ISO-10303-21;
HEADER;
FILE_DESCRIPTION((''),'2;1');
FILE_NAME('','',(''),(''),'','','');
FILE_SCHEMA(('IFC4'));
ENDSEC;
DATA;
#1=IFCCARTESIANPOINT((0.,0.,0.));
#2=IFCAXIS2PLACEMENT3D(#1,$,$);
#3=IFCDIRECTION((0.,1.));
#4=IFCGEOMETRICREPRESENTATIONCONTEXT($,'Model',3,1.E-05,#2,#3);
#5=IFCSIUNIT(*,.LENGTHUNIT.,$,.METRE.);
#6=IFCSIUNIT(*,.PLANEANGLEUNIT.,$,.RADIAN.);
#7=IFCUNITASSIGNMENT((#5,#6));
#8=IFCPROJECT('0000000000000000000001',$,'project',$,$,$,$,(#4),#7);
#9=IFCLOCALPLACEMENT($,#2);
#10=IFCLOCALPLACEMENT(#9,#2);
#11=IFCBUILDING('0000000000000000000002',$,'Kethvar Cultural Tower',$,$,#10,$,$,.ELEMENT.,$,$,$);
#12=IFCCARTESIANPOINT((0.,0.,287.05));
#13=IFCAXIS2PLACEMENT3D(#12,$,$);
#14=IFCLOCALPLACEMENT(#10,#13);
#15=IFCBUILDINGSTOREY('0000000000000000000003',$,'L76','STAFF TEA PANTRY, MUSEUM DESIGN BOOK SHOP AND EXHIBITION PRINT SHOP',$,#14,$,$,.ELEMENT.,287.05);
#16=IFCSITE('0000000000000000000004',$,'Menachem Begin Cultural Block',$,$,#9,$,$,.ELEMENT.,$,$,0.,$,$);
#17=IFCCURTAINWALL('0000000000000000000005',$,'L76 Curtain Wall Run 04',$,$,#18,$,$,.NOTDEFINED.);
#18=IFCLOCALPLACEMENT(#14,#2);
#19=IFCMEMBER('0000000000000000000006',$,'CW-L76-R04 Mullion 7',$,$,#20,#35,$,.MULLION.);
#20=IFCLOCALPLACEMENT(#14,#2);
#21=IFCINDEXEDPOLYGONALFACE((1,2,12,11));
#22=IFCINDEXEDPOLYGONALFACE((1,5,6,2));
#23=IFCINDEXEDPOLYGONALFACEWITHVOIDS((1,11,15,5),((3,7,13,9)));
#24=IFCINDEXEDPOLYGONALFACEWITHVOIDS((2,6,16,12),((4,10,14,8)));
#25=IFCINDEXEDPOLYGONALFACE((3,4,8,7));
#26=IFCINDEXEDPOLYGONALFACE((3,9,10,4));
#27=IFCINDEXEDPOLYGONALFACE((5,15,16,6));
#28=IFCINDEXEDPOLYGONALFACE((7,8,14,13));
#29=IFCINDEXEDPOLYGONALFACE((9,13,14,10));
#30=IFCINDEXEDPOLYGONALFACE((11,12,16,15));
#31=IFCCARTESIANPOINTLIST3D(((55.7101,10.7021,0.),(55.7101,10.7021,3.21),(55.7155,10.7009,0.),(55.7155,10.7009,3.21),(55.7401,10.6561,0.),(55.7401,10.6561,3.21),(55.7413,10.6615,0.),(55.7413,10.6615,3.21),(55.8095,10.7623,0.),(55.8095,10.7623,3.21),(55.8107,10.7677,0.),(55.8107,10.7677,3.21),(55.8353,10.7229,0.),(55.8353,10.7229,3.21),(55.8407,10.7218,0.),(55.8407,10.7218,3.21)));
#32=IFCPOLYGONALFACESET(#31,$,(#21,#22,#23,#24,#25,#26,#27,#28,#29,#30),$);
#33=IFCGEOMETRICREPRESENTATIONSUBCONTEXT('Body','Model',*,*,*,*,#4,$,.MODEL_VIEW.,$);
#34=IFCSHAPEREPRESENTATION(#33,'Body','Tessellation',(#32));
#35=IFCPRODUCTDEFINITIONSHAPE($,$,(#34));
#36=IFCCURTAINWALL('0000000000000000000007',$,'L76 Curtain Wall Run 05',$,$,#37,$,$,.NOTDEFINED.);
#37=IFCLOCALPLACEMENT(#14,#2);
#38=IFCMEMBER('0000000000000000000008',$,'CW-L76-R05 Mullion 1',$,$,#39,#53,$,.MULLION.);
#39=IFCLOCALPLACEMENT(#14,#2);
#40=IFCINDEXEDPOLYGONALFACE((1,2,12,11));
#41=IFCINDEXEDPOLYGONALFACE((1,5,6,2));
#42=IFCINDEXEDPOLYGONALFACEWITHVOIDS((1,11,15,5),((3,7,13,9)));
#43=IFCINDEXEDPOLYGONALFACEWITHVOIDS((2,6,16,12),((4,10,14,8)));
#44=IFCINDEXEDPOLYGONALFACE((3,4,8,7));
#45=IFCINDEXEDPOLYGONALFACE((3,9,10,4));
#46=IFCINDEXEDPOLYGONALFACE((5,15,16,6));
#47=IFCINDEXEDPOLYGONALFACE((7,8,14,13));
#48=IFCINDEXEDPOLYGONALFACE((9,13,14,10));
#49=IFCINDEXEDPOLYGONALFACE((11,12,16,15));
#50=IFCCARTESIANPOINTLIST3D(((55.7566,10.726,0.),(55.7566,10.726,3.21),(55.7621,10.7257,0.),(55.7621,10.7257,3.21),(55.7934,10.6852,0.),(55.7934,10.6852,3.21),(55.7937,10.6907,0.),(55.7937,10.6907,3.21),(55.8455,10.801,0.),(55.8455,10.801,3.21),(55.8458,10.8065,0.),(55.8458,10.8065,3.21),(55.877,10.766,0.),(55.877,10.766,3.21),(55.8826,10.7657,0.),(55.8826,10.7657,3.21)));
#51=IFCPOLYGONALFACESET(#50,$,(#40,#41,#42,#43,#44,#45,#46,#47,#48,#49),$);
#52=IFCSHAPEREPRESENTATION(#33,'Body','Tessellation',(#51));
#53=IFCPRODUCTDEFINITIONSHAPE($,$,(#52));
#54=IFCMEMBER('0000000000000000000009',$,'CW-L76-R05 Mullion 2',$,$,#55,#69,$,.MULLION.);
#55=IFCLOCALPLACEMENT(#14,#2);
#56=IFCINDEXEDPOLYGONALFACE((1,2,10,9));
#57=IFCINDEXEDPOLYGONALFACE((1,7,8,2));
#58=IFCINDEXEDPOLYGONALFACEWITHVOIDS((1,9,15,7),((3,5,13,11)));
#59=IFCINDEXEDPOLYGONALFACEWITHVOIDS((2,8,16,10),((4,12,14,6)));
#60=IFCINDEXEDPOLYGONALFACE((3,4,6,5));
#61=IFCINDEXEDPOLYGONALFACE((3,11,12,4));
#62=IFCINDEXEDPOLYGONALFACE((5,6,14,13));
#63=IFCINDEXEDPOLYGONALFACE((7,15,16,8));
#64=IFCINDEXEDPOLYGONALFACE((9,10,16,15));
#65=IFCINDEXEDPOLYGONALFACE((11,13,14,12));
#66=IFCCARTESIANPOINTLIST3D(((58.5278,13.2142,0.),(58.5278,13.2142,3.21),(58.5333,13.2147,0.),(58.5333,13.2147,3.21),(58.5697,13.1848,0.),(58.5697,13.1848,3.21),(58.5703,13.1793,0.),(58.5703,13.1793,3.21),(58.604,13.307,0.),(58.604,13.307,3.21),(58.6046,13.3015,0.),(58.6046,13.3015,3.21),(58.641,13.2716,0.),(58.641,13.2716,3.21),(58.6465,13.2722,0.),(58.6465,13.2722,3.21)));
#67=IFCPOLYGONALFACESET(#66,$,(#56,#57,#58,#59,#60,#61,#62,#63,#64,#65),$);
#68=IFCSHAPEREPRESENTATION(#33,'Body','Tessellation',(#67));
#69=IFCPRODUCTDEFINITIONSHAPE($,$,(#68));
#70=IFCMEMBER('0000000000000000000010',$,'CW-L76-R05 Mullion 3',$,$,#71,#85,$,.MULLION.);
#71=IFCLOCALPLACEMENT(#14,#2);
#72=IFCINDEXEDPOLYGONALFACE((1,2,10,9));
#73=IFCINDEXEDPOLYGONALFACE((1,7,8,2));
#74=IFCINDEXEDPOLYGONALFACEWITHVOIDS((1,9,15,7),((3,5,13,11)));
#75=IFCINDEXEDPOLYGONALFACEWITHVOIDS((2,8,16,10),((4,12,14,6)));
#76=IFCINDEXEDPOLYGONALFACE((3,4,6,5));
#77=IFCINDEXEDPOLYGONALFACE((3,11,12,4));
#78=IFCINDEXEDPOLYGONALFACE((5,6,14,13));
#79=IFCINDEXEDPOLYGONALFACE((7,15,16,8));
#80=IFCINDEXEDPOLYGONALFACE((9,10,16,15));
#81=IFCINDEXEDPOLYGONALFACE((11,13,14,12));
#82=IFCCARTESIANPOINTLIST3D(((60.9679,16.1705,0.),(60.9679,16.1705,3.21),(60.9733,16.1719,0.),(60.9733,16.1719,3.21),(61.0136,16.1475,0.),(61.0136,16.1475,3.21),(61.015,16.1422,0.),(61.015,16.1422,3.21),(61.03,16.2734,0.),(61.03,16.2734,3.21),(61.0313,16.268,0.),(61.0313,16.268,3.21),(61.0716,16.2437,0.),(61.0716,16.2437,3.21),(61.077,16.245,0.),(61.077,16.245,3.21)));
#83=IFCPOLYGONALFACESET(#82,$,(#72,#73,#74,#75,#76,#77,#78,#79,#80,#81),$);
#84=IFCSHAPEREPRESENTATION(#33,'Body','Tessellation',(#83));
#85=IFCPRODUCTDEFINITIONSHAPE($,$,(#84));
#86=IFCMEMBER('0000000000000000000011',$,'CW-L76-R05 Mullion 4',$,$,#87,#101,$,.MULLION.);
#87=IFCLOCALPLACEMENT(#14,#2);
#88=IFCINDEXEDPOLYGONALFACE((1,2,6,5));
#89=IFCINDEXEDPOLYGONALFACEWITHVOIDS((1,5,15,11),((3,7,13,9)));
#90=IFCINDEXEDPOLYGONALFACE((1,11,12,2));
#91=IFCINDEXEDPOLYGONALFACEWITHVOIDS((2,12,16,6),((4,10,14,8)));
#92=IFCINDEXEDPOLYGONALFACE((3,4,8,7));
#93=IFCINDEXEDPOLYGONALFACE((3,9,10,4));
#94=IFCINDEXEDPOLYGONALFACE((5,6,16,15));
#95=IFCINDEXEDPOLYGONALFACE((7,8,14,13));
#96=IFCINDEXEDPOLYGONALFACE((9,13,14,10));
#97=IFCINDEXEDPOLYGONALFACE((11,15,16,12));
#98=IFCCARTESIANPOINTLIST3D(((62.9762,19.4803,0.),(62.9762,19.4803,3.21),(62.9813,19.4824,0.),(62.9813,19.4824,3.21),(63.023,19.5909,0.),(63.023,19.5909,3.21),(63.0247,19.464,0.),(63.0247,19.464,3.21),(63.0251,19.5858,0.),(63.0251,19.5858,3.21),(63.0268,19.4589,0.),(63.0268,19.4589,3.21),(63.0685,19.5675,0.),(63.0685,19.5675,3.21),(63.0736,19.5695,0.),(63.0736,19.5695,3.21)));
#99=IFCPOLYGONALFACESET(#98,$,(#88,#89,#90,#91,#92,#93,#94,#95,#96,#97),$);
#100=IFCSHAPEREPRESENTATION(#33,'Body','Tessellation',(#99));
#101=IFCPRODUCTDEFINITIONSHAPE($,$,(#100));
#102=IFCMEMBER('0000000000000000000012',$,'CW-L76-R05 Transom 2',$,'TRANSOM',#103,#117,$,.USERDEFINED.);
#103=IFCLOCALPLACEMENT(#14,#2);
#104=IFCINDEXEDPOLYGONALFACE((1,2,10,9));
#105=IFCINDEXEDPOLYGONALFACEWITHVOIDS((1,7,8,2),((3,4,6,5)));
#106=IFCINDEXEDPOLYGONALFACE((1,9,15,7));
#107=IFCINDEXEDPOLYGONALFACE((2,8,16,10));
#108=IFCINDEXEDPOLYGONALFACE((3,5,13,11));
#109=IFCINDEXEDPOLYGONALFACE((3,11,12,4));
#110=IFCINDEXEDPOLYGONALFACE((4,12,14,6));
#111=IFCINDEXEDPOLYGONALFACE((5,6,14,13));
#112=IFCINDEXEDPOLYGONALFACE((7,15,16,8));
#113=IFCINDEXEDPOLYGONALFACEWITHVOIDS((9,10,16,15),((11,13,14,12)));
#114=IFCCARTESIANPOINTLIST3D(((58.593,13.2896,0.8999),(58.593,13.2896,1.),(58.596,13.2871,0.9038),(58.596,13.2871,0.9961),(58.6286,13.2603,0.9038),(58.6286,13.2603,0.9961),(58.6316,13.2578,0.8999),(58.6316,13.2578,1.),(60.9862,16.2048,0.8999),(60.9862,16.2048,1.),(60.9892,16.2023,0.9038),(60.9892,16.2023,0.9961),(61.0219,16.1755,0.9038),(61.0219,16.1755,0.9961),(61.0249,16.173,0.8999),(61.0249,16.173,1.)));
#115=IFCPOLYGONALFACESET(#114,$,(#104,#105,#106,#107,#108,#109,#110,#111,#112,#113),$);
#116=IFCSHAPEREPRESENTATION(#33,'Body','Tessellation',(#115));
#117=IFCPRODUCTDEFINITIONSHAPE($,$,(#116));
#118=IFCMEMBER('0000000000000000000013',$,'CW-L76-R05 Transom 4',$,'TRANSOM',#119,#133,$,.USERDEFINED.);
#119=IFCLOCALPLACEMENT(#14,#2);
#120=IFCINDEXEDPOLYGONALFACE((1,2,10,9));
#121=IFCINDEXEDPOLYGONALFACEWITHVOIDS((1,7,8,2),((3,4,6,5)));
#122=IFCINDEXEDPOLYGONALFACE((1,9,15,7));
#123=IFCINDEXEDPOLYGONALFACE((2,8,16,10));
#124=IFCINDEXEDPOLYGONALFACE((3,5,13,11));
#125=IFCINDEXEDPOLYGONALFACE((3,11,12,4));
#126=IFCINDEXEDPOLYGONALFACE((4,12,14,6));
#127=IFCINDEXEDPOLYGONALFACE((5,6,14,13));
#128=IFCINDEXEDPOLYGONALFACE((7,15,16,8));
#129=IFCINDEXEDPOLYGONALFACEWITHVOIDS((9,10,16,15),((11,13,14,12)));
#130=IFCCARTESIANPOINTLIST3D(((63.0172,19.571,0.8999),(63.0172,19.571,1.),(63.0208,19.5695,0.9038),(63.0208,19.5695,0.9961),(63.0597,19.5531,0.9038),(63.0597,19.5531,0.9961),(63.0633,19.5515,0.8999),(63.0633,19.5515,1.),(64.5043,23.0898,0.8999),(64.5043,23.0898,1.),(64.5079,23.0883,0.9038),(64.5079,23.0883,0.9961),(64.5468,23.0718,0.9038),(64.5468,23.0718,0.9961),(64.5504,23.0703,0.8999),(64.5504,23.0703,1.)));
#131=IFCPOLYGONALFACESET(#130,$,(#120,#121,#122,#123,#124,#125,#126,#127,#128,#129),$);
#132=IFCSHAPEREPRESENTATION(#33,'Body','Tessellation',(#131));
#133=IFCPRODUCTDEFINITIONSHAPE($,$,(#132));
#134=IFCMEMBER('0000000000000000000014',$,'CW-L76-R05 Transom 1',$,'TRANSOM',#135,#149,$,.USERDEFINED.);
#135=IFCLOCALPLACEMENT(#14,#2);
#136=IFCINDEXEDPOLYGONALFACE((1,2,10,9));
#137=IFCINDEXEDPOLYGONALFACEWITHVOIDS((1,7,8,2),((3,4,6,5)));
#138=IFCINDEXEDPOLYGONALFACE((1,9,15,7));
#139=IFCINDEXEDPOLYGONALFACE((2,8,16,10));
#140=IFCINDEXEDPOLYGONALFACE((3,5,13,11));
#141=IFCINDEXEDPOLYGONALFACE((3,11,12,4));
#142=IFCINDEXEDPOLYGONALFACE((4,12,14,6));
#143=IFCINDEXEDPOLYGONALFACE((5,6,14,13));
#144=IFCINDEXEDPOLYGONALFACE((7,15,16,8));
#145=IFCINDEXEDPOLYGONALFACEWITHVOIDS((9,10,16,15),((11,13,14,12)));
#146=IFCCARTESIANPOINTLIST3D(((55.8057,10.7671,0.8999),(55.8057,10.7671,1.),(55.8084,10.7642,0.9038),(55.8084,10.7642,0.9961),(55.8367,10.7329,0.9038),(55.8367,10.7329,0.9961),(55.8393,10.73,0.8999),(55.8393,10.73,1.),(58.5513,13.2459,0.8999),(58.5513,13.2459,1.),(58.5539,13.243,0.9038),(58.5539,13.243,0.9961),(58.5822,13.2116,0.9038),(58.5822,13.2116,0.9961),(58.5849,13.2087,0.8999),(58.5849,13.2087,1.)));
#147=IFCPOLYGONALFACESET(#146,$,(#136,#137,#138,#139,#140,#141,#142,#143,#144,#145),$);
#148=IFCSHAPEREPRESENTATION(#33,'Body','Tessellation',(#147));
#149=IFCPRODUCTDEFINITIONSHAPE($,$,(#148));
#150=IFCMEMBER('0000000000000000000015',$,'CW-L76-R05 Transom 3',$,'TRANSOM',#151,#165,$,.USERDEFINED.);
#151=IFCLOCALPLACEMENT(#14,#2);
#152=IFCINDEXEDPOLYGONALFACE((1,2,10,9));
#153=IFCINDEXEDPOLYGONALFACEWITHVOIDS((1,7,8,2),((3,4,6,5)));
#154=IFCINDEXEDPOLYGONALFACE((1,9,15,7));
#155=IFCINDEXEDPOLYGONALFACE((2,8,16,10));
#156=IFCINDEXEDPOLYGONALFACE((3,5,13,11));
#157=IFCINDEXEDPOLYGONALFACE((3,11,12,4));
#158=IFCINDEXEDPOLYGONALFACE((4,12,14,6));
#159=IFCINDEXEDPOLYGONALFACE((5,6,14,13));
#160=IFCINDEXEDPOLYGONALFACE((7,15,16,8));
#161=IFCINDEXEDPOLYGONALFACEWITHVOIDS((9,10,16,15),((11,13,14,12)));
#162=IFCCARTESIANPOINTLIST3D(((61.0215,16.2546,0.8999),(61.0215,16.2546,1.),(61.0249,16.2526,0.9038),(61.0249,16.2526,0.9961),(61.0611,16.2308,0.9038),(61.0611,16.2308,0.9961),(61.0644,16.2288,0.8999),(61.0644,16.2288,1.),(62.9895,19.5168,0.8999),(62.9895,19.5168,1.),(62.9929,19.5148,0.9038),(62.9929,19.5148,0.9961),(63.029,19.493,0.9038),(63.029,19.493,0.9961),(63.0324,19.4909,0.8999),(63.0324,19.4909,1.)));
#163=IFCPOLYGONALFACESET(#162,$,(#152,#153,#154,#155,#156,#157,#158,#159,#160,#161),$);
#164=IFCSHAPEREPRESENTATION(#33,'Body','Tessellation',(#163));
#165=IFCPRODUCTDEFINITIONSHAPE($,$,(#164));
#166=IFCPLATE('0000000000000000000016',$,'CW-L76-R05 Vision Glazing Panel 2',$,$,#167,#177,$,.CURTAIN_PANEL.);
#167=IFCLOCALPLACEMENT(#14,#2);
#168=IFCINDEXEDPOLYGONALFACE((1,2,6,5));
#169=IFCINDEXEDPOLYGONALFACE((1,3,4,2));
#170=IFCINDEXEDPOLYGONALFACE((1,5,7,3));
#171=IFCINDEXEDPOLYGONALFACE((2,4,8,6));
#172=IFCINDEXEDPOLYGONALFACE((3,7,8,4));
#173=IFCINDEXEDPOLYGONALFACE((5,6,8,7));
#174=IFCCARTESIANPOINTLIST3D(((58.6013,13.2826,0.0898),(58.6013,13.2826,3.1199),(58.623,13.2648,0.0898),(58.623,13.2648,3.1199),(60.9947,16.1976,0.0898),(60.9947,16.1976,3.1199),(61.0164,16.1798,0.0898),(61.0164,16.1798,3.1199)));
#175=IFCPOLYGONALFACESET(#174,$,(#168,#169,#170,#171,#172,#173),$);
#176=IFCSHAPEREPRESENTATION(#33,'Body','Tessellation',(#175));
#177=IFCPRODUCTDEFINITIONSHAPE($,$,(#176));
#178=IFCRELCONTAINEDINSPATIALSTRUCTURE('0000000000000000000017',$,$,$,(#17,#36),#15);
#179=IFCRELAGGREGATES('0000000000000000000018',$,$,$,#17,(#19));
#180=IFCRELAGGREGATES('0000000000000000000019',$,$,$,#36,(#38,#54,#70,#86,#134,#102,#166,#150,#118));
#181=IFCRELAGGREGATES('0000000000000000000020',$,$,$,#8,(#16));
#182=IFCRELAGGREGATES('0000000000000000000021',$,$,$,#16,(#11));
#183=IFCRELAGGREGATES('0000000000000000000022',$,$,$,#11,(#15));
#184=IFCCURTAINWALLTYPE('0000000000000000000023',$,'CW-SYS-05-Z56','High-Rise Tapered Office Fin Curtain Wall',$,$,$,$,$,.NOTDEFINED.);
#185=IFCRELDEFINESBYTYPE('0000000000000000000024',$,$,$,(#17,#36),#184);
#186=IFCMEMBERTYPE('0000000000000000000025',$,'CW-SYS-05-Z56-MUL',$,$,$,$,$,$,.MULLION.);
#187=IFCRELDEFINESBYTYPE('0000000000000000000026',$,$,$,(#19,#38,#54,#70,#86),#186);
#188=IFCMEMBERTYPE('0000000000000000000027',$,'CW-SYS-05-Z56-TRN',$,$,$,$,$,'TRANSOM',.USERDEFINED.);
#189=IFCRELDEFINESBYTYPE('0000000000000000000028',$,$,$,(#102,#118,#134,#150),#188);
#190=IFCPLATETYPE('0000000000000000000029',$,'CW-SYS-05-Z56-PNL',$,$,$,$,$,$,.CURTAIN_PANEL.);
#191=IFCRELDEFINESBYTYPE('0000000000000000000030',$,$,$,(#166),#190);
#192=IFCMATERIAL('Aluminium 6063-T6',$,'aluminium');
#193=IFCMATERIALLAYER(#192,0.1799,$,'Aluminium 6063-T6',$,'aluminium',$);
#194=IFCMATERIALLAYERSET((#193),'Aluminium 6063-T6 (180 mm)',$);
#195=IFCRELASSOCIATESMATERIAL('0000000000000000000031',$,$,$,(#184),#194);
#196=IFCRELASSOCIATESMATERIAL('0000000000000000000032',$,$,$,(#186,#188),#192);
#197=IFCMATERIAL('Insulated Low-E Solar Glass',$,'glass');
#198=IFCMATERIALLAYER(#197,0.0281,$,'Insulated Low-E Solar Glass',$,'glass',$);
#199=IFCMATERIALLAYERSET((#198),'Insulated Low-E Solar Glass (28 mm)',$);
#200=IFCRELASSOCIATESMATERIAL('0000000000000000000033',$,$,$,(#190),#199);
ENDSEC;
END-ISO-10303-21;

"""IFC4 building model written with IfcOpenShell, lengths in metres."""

from ifc_helpers import new_model, si_unit, direction, frame, origin, origin_2d, place, context, subcontext, project, spatial, rectangle, hollow_rectangle, extrude, source, transform, mapped, material, layer, layer_set, material_profile, profile_set, type_object, element, aggregate, save


model = new_model("IFC4")

# Units and contexts
model_context = context("Model", 3, precision=1e-05, world=origin(), true_north=direction((0.0, 1.0)))
body_context = subcontext(model_context, "Body", "Model", "MODEL_VIEW")
ifc_project = project(units=[si_unit("LENGTHUNIT", "METRE"), si_unit("PLANEANGLEUNIT", "RADIAN")], contexts=[model_context])

# Site, building, storey
site_placement = place(None, origin())
site = spatial("IfcSite", under=ifc_project, at=site_placement, Name="Menachem Begin Cultural Block", CompositionType="ELEMENT", RefElevation=0.0)
building_placement = place(site_placement, origin())
building = spatial("IfcBuilding", under=site, at=building_placement, Name="Kethvar Cultural Tower", CompositionType="ELEMENT")
storey_placement = place(building_placement, frame((0.0, 0.0, 287.05)))
storey = spatial("IfcBuildingStorey", under=building, at=storey_placement, Name="L76", Description="STAFF TEA PANTRY, MUSEUM DESIGN BOOK SHOP AND EXHIBITION PRINT SHOP", CompositionType="ELEMENT", Elevation=287.05)

# Curtain wall, member
ifc_material_1 = material(Name="Aluminium 6063-T6", Category="aluminium")
ifc_layer_1 = layer(ifc_material_1, 0.1799, Name="Aluminium 6063-T6", Category="aluminium")
ifc_layer_set_1 = layer_set([ifc_layer_1], Name="Aluminium 6063-T6 (180 mm)")
curtain_wall_type = type_object("IfcCurtainWallType", Name="CW-SYS-05-Z56", Description="High-Rise Tapered Office Fin Curtain Wall", PredefinedType="NOTDEFINED", material=ifc_layer_set_1)
curtain_wall_1_placement = place(storey_placement, origin())
curtain_wall_1 = element("IfcCurtainWall", 1, at=curtain_wall_1_placement, inside=storey, type_object=curtain_wall_type, Name="L76 Curtain Wall Run 04", PredefinedType="NOTDEFINED")
ifc_material_profile_1 = material_profile(ifc_material_1, hollow_rectangle(XDim=0.0549, YDim=0.1201, WallThickness=0.0039, at=origin_2d()), Name="Aluminium 6063-T6 — RHS120x55x4")
ifc_profile_set_1 = profile_set([ifc_material_profile_1], Name="Aluminium 6063-T6 — RHS120x55x4")
member_type_1 = type_object("IfcMemberType", Name="CW-SYS-05-Z56-MUL", PredefinedType="MULLION", material=ifc_profile_set_1)
shared_shape_1 = source(origin(), body_context, "Body", "SweptSolid", [
    extrude(hollow_rectangle(XDim=0.0549, YDim=0.1201, WallThickness=0.0039, at=origin_2d()), origin(), (0.0, 0.0, 1.0), 3.21),
])
member_1_placement = place(storey_placement, frame((55.7754, 10.7119, 0.0), z_axis=(0.0, 0.0, 1.0), x_axis=(-0.546731, 0.837309, 0.0)))
member_1 = element("IfcMember", 2, at=member_1_placement, type_object=member_type_1, Name="CW-L76-R04 Mullion 7", PredefinedType="MULLION", context=body_context, shape_type="MappedRepresentation", body=[
    mapped(shared_shape_1, transform((0.0, 0.0, 0.0), scale=1.0)),
])
aggregate(curtain_wall_1, [member_1])

# Curtain wall, members, plate
curtain_wall_2_placement = place(storey_placement, origin())
curtain_wall_2 = element("IfcCurtainWall", 3, at=curtain_wall_2_placement, inside=storey, type_object=curtain_wall_type, Name="L76 Curtain Wall Run 05", PredefinedType="NOTDEFINED")
member_2_placement = place(storey_placement, frame((55.8196, 10.7458, 0.0), z_axis=(0.0, 0.0, 1.0), x_axis=(-0.670155, 0.742222, 0.0)))
member_2 = element("IfcMember", 4, at=member_2_placement, type_object=member_type_1, Name="CW-L76-R05 Mullion 1", PredefinedType="MULLION", context=body_context, shape_type="MappedRepresentation", body=[
    mapped(shared_shape_1, transform((0.0, 0.0, 0.0), scale=1.0)),
])
member_3_placement = place(storey_placement, frame((58.5872, 13.2432, 0.0), z_axis=(0.0, 0.0, 1.0), x_axis=(-0.772866, 0.634569, 0.0)))
member_3 = element("IfcMember", 5, at=member_3_placement, type_object=member_type_1, Name="CW-L76-R05 Mullion 2", PredefinedType="MULLION", context=body_context, shape_type="MappedRepresentation", body=[
    mapped(shared_shape_1, transform((0.0, 0.0, 0.0), scale=1.0)),
])
member_4_placement = place(storey_placement, frame((61.0225, 16.2078, 0.0), z_axis=(0.0, 0.0, 1.0), x_axis=(-0.85624, 0.516578, 0.0)))
member_4 = element("IfcMember", 6, at=member_4_placement, type_object=member_type_1, Name="CW-L76-R05 Mullion 3", PredefinedType="MULLION", context=body_context, shape_type="MappedRepresentation", body=[
    mapped(shared_shape_1, transform((0.0, 0.0, 0.0), scale=1.0)),
])
member_5_placement = place(storey_placement, frame((63.0249, 19.5249, 0.0), z_axis=(0.0, 0.0, 1.0), x_axis=(-0.921124, 0.389269, 0.0)))
member_5 = element("IfcMember", 7, at=member_5_placement, type_object=member_type_1, Name="CW-L76-R05 Mullion 4", PredefinedType="MULLION", context=body_context, shape_type="MappedRepresentation", body=[
    mapped(shared_shape_1, transform((0.0, 0.0, 0.0), scale=1.0)),
])
ifc_material_profile_2 = material_profile(ifc_material_1, hollow_rectangle(XDim=0.05, YDim=0.1001, WallThickness=0.0039, at=origin_2d()), Name="Aluminium 6063-T6 — RHS100x50x4")
ifc_profile_set_2 = profile_set([ifc_material_profile_2], Name="Aluminium 6063-T6 — RHS100x50x4")
member_type_2 = type_object("IfcMemberType", Name="CW-SYS-05-Z56-TRN", ElementType="TRANSOM", PredefinedType="USERDEFINED", material=ifc_profile_set_2)
shared_shape_2 = source(origin(), body_context, "Body", "SweptSolid", [
    extrude(hollow_rectangle(XDim=0.05, YDim=0.1001, WallThickness=0.0039, at=origin_2d()), origin(), (0.0, 0.0, 1.0), 3.7717),
])
member_6_placement = place(storey_placement, frame((58.6123, 13.2737, 0.95), z_axis=(0.63452, 0.772907, 0.0), x_axis=(-0.772907, 0.63452, 0.0)))
member_6 = element("IfcMember", 8, at=member_6_placement, type_object=member_type_2, Name="CW-L76-R05 Transom 2", ObjectType="TRANSOM", PredefinedType="USERDEFINED", context=body_context, shape_type="MappedRepresentation", body=[
    mapped(shared_shape_2, transform((0.0, 0.0, 0.0), scale=1.0)),
])
shared_shape_3 = source(origin(), body_context, "Body", "SweptSolid", [
    extrude(hollow_rectangle(XDim=0.05, YDim=0.1001, WallThickness=0.0039, at=origin_2d()), origin(), (0.0, 0.0, 1.0), 3.8201),
])
member_7_placement = place(storey_placement, frame((63.0403, 19.5613, 0.95), z_axis=(0.389271, 0.921123, 0.0), x_axis=(-0.921123, 0.389271, 0.0)))
member_7 = element("IfcMember", 9, at=member_7_placement, type_object=member_type_2, Name="CW-L76-R05 Transom 4", ObjectType="TRANSOM", PredefinedType="USERDEFINED", context=body_context, shape_type="MappedRepresentation", body=[
    mapped(shared_shape_3, transform((0.0, 0.0, 0.0), scale=1.0)),
])
shared_shape_4 = source(origin(), body_context, "Body", "SweptSolid", [
    extrude(hollow_rectangle(XDim=0.05, YDim=0.1001, WallThickness=0.0039, at=origin_2d()), origin(), (0.0, 0.0, 1.0), 3.699),
])
member_8_placement = place(storey_placement, frame((55.8225, 10.7485, 0.95), z_axis=(0.742256, 0.670116, 0.0), x_axis=(-0.670116, 0.742256, 0.0)))
member_8 = element("IfcMember", 10, at=member_8_placement, type_object=member_type_2, Name="CW-L76-R05 Transom 1", ObjectType="TRANSOM", PredefinedType="USERDEFINED", context=body_context, shape_type="MappedRepresentation", body=[
    mapped(shared_shape_4, transform((0.0, 0.0, 0.0), scale=1.0)),
])
shared_shape_5 = source(origin(), body_context, "Body", "SweptSolid", [
    extrude(hollow_rectangle(XDim=0.05, YDim=0.1001, WallThickness=0.0039, at=origin_2d()), origin(), (0.0, 0.0, 1.0), 3.8098),
])
member_9_placement = place(storey_placement, frame((61.043, 16.2417, 0.95), z_axis=(0.516558, 0.856252, 0.0), x_axis=(-0.856252, 0.516558, 0.0)))
member_9 = element("IfcMember", 11, at=member_9_placement, type_object=member_type_2, Name="CW-L76-R05 Transom 3", ObjectType="TRANSOM", PredefinedType="USERDEFINED", context=body_context, shape_type="MappedRepresentation", body=[
    mapped(shared_shape_5, transform((0.0, 0.0, 0.0), scale=1.0)),
])
ifc_material_2 = material(Name="Insulated Low-E Solar Glass", Category="glass")
ifc_layer_2 = layer(ifc_material_2, 0.0281, Name="Insulated Low-E Solar Glass", Category="glass")
ifc_layer_set_2 = layer_set([ifc_layer_2], Name="Insulated Low-E Solar Glass (28 mm)")
plate_type = type_object("IfcPlateType", Name="CW-SYS-05-Z56-PNL", PredefinedType="CURTAIN_PANEL", material=ifc_layer_set_2)
shared_shape_6 = source(origin(), body_context, "Body", "SweptSolid", [
    extrude(rectangle(XDim=3.7717, YDim=0.0281, at=origin_2d()), origin(), (0.0, 0.0, 1.0), 3.03),
])
plate_1_placement = place(storey_placement, frame((59.8088, 14.7312, 0.0898), z_axis=(0.0, 0.0, 1.0), x_axis=(0.634569, 0.772866, 0.0)))
plate_1 = element("IfcPlate", 12, at=plate_1_placement, type_object=plate_type, Name="CW-L76-R05 Vision Glazing Panel 2", PredefinedType="CURTAIN_PANEL", context=body_context, shape_type="MappedRepresentation", body=[
    mapped(shared_shape_6, transform((0.0, 0.0, 0.0), scale=1.0)),
])
aggregate(curtain_wall_2, [member_2, member_3, member_4, member_5, member_8, member_6, plate_1, member_9, member_7])

save(model, "model.ifc")
